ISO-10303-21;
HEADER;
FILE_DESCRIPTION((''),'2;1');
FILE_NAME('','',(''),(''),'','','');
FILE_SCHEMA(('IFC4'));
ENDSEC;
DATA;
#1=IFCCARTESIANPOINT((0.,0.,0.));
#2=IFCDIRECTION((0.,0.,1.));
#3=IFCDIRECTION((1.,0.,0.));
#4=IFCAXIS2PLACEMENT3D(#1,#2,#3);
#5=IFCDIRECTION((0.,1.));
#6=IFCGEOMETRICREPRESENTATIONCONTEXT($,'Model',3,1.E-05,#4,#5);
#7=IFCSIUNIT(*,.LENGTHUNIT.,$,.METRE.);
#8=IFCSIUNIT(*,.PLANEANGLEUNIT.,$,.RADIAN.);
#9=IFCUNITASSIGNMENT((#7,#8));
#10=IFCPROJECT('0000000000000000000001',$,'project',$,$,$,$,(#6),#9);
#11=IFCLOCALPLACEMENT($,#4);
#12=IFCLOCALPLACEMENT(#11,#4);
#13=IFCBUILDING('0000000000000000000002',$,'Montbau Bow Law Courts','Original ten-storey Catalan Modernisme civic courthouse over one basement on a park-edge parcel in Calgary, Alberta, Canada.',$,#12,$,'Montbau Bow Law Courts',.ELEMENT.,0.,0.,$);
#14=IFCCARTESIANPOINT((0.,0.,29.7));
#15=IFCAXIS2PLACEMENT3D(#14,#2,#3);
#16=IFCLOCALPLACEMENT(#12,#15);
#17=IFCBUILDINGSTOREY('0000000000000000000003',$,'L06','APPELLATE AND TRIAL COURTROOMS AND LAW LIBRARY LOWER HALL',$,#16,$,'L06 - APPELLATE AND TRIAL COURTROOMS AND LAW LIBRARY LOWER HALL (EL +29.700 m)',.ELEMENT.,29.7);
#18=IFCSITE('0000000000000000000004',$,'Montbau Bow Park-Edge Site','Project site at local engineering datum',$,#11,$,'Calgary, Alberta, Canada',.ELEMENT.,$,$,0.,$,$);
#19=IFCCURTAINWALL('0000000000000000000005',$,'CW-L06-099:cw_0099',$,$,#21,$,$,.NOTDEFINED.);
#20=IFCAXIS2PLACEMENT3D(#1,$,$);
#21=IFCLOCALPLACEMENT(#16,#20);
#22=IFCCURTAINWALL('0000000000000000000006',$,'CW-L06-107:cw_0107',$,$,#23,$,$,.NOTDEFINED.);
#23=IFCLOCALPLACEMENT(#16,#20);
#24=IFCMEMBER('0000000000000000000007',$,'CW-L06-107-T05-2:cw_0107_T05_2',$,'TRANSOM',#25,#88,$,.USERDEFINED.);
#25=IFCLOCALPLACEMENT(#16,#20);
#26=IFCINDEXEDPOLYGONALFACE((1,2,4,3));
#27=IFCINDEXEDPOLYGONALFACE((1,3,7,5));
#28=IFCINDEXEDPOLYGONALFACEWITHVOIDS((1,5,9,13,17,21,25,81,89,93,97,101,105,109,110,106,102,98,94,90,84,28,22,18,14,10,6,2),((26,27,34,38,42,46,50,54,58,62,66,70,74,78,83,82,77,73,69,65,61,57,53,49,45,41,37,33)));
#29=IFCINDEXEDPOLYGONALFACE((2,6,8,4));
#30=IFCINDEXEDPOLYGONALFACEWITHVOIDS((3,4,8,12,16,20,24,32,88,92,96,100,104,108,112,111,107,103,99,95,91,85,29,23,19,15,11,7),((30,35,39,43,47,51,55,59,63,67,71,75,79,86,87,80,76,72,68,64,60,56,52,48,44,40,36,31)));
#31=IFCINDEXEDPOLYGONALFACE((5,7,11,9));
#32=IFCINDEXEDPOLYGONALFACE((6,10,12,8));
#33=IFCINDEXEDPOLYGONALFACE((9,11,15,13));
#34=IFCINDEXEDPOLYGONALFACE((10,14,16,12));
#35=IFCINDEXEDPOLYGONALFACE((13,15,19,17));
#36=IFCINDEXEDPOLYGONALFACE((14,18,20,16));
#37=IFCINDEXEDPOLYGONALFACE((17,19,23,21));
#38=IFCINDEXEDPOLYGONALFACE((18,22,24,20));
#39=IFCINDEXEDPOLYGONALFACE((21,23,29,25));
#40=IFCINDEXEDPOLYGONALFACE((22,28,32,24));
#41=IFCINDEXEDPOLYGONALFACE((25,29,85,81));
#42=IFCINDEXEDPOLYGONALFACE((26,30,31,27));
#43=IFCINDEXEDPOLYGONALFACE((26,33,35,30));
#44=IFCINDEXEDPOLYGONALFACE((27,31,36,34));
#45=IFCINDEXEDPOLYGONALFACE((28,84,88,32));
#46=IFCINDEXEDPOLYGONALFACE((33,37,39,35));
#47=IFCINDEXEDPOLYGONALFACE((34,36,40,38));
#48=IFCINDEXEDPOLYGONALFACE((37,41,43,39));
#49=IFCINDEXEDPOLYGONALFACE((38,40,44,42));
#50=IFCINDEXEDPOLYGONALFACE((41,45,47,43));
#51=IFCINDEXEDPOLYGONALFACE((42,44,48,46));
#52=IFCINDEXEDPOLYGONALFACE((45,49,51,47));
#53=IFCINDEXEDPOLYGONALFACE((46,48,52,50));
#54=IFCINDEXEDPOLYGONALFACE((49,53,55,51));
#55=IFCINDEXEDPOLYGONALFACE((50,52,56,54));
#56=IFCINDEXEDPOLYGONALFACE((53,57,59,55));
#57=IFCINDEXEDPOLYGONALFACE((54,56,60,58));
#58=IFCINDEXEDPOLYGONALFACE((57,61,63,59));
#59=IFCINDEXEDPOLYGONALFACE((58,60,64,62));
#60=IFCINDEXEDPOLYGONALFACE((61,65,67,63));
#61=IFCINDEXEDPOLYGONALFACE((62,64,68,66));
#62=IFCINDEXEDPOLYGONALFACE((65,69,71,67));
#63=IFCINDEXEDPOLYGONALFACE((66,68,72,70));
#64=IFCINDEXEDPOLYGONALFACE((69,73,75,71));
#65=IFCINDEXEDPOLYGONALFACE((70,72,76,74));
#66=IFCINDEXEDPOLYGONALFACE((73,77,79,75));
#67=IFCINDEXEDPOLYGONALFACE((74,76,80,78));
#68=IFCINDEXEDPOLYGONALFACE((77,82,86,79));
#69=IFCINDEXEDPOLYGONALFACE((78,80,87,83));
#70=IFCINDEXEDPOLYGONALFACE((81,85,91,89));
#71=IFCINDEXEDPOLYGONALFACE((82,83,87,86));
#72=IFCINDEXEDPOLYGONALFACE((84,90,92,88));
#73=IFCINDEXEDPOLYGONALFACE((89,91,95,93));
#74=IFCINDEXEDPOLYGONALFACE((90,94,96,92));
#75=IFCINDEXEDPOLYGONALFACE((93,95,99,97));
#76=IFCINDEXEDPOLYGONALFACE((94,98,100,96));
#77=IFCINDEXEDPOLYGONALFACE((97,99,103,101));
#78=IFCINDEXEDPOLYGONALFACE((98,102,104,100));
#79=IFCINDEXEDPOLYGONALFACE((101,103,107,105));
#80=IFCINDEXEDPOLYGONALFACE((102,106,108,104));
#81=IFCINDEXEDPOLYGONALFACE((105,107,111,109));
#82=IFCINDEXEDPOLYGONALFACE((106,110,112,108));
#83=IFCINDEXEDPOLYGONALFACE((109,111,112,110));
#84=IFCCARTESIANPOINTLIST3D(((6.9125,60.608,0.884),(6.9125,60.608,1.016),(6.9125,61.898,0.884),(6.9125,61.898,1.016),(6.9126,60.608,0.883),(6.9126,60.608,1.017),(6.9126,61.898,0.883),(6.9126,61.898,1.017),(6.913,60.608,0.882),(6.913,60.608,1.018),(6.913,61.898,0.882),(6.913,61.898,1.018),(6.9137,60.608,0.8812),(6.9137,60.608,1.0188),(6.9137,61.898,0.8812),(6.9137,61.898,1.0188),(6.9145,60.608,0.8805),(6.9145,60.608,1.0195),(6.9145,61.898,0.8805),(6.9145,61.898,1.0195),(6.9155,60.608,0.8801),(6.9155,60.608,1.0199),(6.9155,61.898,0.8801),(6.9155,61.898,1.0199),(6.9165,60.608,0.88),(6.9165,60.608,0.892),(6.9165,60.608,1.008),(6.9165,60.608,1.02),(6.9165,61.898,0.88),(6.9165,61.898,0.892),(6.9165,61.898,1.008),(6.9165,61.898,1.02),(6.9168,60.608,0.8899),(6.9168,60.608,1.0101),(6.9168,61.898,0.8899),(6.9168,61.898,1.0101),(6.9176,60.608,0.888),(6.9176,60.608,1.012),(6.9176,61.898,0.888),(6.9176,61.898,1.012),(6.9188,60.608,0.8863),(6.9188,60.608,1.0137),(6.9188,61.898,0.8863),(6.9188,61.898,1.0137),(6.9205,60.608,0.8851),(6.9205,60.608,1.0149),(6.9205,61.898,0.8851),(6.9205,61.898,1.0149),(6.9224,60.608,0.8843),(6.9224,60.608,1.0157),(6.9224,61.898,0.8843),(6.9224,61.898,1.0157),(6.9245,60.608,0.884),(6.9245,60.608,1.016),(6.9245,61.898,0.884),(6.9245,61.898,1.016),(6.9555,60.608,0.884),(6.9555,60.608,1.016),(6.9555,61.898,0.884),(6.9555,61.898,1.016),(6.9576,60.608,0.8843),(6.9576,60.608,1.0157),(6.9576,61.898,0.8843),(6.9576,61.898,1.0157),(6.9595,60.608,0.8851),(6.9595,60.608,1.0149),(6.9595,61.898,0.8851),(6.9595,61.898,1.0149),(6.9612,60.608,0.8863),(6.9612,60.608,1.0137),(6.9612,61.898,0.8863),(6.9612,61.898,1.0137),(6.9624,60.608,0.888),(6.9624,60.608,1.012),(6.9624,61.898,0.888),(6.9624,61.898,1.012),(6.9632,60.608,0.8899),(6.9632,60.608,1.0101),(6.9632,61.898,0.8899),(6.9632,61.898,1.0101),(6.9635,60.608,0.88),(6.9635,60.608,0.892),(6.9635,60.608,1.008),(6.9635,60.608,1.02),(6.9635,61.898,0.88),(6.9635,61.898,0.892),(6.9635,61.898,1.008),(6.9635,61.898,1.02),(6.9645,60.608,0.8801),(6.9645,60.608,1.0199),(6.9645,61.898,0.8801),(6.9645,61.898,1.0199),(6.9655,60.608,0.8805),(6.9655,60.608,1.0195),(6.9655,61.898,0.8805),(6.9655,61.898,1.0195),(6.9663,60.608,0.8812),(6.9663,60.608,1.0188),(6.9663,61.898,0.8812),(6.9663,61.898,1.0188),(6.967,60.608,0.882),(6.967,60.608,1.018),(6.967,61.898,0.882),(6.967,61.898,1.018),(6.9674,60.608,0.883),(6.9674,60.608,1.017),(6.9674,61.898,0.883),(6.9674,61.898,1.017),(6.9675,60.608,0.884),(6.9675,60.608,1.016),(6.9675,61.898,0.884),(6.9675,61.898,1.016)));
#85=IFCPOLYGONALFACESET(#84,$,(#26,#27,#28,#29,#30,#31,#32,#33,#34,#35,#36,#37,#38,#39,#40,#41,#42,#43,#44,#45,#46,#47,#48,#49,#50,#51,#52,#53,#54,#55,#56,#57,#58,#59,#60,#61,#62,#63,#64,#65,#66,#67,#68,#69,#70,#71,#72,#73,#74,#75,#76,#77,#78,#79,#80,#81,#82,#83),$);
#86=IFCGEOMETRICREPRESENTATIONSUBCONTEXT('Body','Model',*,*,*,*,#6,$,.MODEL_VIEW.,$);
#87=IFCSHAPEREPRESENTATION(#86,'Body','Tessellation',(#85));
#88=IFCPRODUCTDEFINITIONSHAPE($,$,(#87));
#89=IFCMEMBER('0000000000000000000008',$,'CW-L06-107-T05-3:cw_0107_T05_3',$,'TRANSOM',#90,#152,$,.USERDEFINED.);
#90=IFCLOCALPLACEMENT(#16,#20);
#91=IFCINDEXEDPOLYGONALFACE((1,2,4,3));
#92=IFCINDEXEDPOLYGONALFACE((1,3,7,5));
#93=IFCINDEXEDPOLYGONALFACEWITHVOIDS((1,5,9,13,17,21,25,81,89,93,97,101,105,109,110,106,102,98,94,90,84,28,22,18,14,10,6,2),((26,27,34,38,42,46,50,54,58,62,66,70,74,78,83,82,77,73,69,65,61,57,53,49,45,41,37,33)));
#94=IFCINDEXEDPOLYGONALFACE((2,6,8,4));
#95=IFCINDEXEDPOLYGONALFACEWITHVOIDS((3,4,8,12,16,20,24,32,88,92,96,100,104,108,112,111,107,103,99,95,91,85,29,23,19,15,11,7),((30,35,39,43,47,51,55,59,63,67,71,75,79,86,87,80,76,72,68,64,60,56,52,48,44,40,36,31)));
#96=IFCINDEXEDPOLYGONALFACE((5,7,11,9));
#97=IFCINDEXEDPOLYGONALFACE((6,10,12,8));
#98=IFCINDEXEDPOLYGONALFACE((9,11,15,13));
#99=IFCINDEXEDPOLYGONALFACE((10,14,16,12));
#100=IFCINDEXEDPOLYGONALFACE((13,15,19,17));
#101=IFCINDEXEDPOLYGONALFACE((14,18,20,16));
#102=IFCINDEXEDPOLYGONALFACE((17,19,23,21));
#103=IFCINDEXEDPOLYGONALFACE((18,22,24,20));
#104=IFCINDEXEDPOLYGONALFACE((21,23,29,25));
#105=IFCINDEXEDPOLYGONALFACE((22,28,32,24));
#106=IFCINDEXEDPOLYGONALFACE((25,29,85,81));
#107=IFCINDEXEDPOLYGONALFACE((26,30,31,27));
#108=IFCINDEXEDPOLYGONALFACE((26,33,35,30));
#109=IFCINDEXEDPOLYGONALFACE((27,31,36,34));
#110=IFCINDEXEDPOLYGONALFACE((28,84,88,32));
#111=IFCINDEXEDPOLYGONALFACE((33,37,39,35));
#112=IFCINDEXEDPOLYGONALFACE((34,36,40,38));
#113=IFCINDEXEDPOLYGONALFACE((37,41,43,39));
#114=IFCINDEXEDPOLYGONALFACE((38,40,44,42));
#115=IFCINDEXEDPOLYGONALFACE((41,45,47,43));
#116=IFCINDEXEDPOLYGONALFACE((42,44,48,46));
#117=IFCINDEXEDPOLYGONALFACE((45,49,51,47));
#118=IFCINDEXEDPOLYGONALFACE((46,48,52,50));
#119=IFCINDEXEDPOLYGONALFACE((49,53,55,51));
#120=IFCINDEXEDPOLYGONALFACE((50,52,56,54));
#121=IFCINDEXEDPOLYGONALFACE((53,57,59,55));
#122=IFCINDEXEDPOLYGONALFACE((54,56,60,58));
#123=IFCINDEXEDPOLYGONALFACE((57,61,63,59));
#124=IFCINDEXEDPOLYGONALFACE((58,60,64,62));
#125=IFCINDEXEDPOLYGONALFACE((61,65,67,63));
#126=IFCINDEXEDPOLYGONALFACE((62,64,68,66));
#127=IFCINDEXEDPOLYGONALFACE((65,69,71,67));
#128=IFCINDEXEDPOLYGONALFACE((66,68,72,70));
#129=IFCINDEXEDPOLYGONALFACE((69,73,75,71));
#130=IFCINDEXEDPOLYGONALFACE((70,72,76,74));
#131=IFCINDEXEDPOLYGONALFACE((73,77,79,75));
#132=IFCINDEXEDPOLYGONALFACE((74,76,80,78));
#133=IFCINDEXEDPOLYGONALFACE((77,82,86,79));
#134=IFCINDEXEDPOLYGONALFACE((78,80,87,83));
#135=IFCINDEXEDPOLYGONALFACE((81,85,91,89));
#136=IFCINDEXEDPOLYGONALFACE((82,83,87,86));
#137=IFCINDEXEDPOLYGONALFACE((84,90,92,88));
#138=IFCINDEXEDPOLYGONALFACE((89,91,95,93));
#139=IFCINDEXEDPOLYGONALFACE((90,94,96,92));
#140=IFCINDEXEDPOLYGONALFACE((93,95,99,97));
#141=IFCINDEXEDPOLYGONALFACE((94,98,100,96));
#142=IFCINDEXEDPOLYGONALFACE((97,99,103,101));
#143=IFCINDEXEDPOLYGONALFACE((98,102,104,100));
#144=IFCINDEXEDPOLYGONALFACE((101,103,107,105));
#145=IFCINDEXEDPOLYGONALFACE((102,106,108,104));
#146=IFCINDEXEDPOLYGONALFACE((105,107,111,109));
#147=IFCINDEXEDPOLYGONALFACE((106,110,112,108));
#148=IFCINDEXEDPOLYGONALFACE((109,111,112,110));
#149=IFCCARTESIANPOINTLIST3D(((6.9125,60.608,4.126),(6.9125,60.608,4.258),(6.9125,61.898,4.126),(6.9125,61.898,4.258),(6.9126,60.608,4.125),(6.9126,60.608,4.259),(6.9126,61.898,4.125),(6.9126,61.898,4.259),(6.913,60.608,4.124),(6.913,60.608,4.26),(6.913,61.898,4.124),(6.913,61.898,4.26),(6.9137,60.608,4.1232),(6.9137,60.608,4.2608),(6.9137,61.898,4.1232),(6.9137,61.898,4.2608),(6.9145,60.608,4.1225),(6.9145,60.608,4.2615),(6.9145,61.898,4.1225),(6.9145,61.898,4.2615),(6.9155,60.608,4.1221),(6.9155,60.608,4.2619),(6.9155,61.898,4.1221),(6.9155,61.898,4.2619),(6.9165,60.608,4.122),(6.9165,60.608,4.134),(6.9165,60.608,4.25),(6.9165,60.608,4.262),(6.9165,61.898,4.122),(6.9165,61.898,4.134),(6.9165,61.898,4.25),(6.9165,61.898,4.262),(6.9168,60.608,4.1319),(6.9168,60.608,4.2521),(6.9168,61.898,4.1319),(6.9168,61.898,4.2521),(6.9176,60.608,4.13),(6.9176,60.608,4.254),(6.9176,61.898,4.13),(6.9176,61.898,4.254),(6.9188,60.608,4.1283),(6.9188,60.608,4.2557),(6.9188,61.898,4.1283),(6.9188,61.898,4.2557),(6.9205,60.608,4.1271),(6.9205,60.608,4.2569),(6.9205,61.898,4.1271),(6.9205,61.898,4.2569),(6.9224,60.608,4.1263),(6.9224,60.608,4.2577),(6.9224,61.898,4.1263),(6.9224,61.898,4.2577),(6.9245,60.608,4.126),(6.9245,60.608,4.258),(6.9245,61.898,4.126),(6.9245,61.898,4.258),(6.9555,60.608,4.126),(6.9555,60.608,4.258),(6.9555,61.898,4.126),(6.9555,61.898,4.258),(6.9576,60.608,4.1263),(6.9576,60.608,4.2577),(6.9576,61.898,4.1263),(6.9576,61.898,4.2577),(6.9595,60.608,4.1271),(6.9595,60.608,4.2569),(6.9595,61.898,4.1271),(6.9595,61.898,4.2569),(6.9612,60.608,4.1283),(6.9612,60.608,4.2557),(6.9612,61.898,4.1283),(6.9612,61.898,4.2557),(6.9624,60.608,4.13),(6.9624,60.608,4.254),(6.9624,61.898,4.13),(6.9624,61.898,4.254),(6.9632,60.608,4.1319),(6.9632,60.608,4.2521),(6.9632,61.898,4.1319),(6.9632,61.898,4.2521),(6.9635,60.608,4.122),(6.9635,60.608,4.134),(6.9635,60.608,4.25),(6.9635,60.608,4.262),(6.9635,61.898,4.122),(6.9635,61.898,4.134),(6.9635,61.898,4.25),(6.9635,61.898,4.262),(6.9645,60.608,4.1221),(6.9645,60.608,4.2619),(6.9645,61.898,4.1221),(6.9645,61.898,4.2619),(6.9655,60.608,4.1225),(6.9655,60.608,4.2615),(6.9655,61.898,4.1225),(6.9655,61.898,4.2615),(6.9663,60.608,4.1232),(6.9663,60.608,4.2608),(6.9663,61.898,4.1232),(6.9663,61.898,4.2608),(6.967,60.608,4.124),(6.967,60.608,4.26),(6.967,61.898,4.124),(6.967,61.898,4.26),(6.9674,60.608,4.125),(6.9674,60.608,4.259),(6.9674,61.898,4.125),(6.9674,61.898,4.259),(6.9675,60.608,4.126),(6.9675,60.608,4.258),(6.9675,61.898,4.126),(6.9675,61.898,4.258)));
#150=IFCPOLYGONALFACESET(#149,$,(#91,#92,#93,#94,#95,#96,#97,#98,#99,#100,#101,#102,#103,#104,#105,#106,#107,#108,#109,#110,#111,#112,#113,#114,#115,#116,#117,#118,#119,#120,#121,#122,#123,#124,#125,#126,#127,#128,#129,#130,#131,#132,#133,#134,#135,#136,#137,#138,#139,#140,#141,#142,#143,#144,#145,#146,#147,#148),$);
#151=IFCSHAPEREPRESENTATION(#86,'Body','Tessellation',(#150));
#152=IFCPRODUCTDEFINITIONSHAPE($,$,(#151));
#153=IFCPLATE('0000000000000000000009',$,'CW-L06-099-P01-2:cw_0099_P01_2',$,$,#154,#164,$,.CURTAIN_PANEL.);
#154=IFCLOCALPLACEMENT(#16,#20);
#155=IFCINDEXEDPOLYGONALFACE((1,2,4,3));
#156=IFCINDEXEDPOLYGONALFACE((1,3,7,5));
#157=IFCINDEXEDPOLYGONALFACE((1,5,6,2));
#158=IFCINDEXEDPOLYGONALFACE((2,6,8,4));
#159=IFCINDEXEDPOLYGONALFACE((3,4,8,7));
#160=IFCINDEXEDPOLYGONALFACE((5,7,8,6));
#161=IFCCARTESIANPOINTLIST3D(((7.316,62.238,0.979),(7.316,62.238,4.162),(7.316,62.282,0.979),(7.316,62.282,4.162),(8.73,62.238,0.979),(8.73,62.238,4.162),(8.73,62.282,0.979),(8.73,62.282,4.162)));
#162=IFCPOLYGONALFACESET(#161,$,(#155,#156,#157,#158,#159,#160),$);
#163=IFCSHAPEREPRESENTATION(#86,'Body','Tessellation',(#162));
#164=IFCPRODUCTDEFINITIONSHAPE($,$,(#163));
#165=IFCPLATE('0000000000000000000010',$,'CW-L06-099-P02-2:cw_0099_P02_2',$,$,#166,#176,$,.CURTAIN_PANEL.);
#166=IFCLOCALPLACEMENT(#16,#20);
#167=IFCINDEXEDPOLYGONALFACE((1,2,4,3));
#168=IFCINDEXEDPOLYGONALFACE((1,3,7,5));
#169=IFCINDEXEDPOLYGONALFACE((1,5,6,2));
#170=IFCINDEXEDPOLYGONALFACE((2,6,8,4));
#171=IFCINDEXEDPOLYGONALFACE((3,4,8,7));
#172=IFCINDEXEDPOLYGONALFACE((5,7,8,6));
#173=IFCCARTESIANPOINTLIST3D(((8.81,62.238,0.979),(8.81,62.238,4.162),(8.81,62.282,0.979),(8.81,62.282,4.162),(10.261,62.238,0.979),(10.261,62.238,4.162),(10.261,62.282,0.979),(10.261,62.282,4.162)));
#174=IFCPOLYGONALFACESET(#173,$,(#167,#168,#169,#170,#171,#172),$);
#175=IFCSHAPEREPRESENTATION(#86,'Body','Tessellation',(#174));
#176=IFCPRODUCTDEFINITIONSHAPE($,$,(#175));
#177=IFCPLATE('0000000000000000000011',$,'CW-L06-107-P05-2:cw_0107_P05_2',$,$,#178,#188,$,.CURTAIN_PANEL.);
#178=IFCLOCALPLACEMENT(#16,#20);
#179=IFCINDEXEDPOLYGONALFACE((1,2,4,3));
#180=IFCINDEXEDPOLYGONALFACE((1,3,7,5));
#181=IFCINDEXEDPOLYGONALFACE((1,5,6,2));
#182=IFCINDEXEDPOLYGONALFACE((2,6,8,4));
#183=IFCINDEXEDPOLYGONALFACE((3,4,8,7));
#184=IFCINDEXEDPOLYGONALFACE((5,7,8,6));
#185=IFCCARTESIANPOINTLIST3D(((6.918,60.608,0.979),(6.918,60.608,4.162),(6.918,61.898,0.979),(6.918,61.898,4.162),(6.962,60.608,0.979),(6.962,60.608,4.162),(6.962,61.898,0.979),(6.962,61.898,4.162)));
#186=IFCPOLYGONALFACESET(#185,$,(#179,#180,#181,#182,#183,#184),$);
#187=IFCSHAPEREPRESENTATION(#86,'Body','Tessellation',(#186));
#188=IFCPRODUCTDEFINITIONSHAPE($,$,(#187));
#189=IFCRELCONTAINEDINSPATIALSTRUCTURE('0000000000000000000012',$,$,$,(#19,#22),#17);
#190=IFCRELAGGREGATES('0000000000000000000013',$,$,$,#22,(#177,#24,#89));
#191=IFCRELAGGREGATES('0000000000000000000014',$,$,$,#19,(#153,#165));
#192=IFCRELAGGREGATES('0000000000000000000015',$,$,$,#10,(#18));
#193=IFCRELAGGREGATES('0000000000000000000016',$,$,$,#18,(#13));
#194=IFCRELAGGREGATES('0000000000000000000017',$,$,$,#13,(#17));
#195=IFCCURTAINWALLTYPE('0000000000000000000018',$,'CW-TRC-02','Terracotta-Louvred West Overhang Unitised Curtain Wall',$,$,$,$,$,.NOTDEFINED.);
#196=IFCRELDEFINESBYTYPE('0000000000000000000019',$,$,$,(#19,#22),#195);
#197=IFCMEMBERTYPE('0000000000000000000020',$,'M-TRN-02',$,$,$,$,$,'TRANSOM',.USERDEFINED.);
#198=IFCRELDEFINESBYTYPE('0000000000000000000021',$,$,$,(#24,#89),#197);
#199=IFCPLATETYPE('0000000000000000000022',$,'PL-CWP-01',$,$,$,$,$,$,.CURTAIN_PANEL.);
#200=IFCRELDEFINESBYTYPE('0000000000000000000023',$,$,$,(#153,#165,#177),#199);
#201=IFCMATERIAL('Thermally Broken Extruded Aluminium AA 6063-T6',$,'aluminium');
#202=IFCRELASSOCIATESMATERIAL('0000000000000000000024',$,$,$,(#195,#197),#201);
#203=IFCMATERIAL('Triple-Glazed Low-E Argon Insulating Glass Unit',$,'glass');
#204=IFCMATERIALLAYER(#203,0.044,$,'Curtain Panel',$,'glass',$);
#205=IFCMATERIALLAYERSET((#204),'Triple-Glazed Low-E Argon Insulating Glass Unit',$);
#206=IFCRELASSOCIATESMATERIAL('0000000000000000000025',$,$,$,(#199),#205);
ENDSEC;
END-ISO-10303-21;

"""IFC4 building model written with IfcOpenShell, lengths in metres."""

from ifc_helpers import new_model, si_unit, direction, frame, frame_2d, origin_with_axes, origin_2d_with_axis, place, context, subcontext, project, spatial, rectangle, hollow_rectangle, extrude, material, layer, layer_set, material_profile, profile_set, type_object, element, aggregate, save


model = new_model("IFC4")

# Units and contexts
model_context = context("Model", 3, precision=1e-05, world=origin_with_axes(), true_north=direction((0.0, 1.0)))
body_context = subcontext(model_context, "Body", "Model", "MODEL_VIEW")
ifc_project = project(units=[si_unit("LENGTHUNIT", "METRE"), si_unit("PLANEANGLEUNIT", "RADIAN")], contexts=[model_context])

# Site, building, storey
site_placement = place(None, origin_with_axes())
site = spatial("IfcSite", under=ifc_project, at=site_placement, Name="Montbau Bow Park-Edge Site", Description="Project site at local engineering datum", LongName="Calgary, Alberta, Canada", CompositionType="ELEMENT", RefElevation=0.0)
building_placement = place(site_placement, origin_with_axes())
building = spatial("IfcBuilding", under=site, at=building_placement, Name="Montbau Bow Law Courts", Description="Original ten-storey Catalan Modernisme civic courthouse over one basement on a park-edge parcel in Calgary, Alberta, Canada.", LongName="Montbau Bow Law Courts", CompositionType="ELEMENT", ElevationOfRefHeight=0.0, ElevationOfTerrain=0.0)
storey_placement = place(building_placement, frame((0.0, 0.0, 29.7), z_axis=(0.0, 0.0, 1.0), x_axis=(1.0, 0.0, 0.0)))
storey = spatial("IfcBuildingStorey", under=building, at=storey_placement, Name="L06", Description="APPELLATE AND TRIAL COURTROOMS AND LAW LIBRARY LOWER HALL", LongName="L06 - APPELLATE AND TRIAL COURTROOMS AND LAW LIBRARY LOWER HALL (EL +29.700 m)", CompositionType="ELEMENT", Elevation=29.7)

# Curtain wall
ifc_material_1 = material(Name="Thermally Broken Extruded Aluminium AA 6063-T6", Category="aluminium")
curtain_wall_type = type_object("IfcCurtainWallType", Name="CW-TRC-02", Description="Terracotta-Louvred West Overhang Unitised Curtain Wall", PredefinedType="NOTDEFINED", material=ifc_material_1)
curtain_wall_1_placement = place(None, frame((7.24, 62.26, 29.7), z_axis=(0.0, 0.0, 1.0), x_axis=(1.0, 0.0, 0.0)))
curtain_wall_1 = element("IfcCurtainWall", 1, at=curtain_wall_1_placement, inside=storey, type_object=curtain_wall_type, Name="CW-L06-099:cw_0099", PredefinedType="NOTDEFINED")

# Curtain wall
curtain_wall_2_placement = place(None, frame((6.94, 55.04, 29.7), z_axis=(0.0, 0.0, 1.0), x_axis=(1.0, 0.0, 0.0)))
curtain_wall_2 = element("IfcCurtainWall", 2, at=curtain_wall_2_placement, inside=storey, type_object=curtain_wall_type, Name="CW-L06-107:cw_0107", PredefinedType="NOTDEFINED")

# Members
ifc_material_profile_1 = material_profile(ifc_material_1, hollow_rectangle(XDim=0.055, YDim=0.14, WallThickness=0.004, InnerFilletRadius=0.008, OuterFilletRadius=0.004, at=origin_2d_with_axis()), Name="CWT-140X55", Category="Main", Priority=0)
ifc_profile_set_1 = profile_set([ifc_material_profile_1], Name="Thermally Broken Extruded Aluminium AA 6063-T6")
member_type_1 = type_object("IfcMemberType", Name="M-TRN-02", ElementType="TRANSOM", PredefinedType="USERDEFINED", material=ifc_profile_set_1)
member_1_placement = place(None, frame((6.94, 60.608, 30.65), z_axis=(0.0, 1.0, 0.0), x_axis=(-1.0, 0.0, 0.0)))
member_1 = element("IfcMember", 3, at=member_1_placement, type_object=member_type_1, Name="CW-L06-107-T05-2:cw_0107_T05_2", ObjectType="TRANSOM", PredefinedType="USERDEFINED", context=body_context, shape_type="SweptSolid", body=[
    extrude(hollow_rectangle(XDim=0.055, YDim=0.14, WallThickness=0.004, InnerFilletRadius=0.008, OuterFilletRadius=0.004, at=origin_2d_with_axis()), origin_with_axes(), (0.0, 0.0, 1.0), 1.29),
])
member_2_placement = place(None, frame((6.94, 60.608, 33.892), z_axis=(0.0, 1.0, 0.0), x_axis=(-1.0, 0.0, 0.0)))
member_2 = element("IfcMember", 4, at=member_2_placement, type_object=member_type_1, Name="CW-L06-107-T05-3:cw_0107_T05_3", ObjectType="TRANSOM", PredefinedType="USERDEFINED", context=body_context, shape_type="SweptSolid", body=[
    extrude(hollow_rectangle(XDim=0.055, YDim=0.14, WallThickness=0.004, InnerFilletRadius=0.008, OuterFilletRadius=0.004, at=origin_2d_with_axis()), origin_with_axes(), (0.0, 0.0, 1.0), 1.29),
])

# Plates
ifc_material_2 = material(Name="Triple-Glazed Low-E Argon Insulating Glass Unit", Category="glass")
ifc_layer_1 = layer(ifc_material_2, 0.044, Name="Curtain Panel", Category="glass")
ifc_layer_set_1 = layer_set([ifc_layer_1], Name="Triple-Glazed Low-E Argon Insulating Glass Unit")
plate_type_1 = type_object("IfcPlateType", Name="PL-CWP-01", PredefinedType="CURTAIN_PANEL", material=ifc_layer_set_1)
plate_1_placement = place(None, frame((7.316, 62.26, 30.679), z_axis=(0.0, -1.0, 0.0), x_axis=(1.0, 0.0, 0.0)))
plate_1 = element("IfcPlate", 5, at=plate_1_placement, type_object=plate_type_1, Name="CW-L06-099-P01-2:cw_0099_P01_2", PredefinedType="CURTAIN_PANEL", context=body_context, shape_type="SweptSolid", body=[
    extrude(rectangle(XDim=1.414, YDim=3.183, at=frame_2d((0.707, 1.5915), x_axis=(1.0, 0.0))), frame((0.0, 0.0, -0.022), z_axis=(0.0, 0.0, 1.0), x_axis=(1.0, 0.0, 0.0)), (0.0, 0.0, 1.0), 0.044),
])
plate_2_placement = place(None, frame((8.81, 62.26, 30.679), z_axis=(0.0, -1.0, 0.0), x_axis=(1.0, 0.0, 0.0)))
plate_2 = element("IfcPlate", 6, at=plate_2_placement, type_object=plate_type_1, Name="CW-L06-099-P02-2:cw_0099_P02_2", PredefinedType="CURTAIN_PANEL", context=body_context, shape_type="SweptSolid", body=[
    extrude(rectangle(XDim=1.451, YDim=3.183, at=frame_2d((0.7255, 1.5915), x_axis=(1.0, 0.0))), frame((0.0, 0.0, -0.022), z_axis=(0.0, 0.0, 1.0), x_axis=(1.0, 0.0, 0.0)), (0.0, 0.0, 1.0), 0.044),
])
plate_3_placement = place(None, frame((6.94, 60.608, 30.679), z_axis=(1.0, 0.0, 0.0), x_axis=(0.0, 1.0, 0.0)))
plate_3 = element("IfcPlate", 7, at=plate_3_placement, type_object=plate_type_1, Name="CW-L06-107-P05-2:cw_0107_P05_2", PredefinedType="CURTAIN_PANEL", context=body_context, shape_type="SweptSolid", body=[
    extrude(rectangle(XDim=1.29, YDim=3.183, at=frame_2d((0.645, 1.5915), x_axis=(1.0, 0.0))), frame((0.0, 0.0, -0.022), z_axis=(0.0, 0.0, 1.0), x_axis=(1.0, 0.0, 0.0)), (0.0, 0.0, 1.0), 0.044),
])
aggregate(curtain_wall_2, [plate_3, member_1, member_2])
aggregate(curtain_wall_1, [plate_1, plate_2])

save(model, "model.ifc")
